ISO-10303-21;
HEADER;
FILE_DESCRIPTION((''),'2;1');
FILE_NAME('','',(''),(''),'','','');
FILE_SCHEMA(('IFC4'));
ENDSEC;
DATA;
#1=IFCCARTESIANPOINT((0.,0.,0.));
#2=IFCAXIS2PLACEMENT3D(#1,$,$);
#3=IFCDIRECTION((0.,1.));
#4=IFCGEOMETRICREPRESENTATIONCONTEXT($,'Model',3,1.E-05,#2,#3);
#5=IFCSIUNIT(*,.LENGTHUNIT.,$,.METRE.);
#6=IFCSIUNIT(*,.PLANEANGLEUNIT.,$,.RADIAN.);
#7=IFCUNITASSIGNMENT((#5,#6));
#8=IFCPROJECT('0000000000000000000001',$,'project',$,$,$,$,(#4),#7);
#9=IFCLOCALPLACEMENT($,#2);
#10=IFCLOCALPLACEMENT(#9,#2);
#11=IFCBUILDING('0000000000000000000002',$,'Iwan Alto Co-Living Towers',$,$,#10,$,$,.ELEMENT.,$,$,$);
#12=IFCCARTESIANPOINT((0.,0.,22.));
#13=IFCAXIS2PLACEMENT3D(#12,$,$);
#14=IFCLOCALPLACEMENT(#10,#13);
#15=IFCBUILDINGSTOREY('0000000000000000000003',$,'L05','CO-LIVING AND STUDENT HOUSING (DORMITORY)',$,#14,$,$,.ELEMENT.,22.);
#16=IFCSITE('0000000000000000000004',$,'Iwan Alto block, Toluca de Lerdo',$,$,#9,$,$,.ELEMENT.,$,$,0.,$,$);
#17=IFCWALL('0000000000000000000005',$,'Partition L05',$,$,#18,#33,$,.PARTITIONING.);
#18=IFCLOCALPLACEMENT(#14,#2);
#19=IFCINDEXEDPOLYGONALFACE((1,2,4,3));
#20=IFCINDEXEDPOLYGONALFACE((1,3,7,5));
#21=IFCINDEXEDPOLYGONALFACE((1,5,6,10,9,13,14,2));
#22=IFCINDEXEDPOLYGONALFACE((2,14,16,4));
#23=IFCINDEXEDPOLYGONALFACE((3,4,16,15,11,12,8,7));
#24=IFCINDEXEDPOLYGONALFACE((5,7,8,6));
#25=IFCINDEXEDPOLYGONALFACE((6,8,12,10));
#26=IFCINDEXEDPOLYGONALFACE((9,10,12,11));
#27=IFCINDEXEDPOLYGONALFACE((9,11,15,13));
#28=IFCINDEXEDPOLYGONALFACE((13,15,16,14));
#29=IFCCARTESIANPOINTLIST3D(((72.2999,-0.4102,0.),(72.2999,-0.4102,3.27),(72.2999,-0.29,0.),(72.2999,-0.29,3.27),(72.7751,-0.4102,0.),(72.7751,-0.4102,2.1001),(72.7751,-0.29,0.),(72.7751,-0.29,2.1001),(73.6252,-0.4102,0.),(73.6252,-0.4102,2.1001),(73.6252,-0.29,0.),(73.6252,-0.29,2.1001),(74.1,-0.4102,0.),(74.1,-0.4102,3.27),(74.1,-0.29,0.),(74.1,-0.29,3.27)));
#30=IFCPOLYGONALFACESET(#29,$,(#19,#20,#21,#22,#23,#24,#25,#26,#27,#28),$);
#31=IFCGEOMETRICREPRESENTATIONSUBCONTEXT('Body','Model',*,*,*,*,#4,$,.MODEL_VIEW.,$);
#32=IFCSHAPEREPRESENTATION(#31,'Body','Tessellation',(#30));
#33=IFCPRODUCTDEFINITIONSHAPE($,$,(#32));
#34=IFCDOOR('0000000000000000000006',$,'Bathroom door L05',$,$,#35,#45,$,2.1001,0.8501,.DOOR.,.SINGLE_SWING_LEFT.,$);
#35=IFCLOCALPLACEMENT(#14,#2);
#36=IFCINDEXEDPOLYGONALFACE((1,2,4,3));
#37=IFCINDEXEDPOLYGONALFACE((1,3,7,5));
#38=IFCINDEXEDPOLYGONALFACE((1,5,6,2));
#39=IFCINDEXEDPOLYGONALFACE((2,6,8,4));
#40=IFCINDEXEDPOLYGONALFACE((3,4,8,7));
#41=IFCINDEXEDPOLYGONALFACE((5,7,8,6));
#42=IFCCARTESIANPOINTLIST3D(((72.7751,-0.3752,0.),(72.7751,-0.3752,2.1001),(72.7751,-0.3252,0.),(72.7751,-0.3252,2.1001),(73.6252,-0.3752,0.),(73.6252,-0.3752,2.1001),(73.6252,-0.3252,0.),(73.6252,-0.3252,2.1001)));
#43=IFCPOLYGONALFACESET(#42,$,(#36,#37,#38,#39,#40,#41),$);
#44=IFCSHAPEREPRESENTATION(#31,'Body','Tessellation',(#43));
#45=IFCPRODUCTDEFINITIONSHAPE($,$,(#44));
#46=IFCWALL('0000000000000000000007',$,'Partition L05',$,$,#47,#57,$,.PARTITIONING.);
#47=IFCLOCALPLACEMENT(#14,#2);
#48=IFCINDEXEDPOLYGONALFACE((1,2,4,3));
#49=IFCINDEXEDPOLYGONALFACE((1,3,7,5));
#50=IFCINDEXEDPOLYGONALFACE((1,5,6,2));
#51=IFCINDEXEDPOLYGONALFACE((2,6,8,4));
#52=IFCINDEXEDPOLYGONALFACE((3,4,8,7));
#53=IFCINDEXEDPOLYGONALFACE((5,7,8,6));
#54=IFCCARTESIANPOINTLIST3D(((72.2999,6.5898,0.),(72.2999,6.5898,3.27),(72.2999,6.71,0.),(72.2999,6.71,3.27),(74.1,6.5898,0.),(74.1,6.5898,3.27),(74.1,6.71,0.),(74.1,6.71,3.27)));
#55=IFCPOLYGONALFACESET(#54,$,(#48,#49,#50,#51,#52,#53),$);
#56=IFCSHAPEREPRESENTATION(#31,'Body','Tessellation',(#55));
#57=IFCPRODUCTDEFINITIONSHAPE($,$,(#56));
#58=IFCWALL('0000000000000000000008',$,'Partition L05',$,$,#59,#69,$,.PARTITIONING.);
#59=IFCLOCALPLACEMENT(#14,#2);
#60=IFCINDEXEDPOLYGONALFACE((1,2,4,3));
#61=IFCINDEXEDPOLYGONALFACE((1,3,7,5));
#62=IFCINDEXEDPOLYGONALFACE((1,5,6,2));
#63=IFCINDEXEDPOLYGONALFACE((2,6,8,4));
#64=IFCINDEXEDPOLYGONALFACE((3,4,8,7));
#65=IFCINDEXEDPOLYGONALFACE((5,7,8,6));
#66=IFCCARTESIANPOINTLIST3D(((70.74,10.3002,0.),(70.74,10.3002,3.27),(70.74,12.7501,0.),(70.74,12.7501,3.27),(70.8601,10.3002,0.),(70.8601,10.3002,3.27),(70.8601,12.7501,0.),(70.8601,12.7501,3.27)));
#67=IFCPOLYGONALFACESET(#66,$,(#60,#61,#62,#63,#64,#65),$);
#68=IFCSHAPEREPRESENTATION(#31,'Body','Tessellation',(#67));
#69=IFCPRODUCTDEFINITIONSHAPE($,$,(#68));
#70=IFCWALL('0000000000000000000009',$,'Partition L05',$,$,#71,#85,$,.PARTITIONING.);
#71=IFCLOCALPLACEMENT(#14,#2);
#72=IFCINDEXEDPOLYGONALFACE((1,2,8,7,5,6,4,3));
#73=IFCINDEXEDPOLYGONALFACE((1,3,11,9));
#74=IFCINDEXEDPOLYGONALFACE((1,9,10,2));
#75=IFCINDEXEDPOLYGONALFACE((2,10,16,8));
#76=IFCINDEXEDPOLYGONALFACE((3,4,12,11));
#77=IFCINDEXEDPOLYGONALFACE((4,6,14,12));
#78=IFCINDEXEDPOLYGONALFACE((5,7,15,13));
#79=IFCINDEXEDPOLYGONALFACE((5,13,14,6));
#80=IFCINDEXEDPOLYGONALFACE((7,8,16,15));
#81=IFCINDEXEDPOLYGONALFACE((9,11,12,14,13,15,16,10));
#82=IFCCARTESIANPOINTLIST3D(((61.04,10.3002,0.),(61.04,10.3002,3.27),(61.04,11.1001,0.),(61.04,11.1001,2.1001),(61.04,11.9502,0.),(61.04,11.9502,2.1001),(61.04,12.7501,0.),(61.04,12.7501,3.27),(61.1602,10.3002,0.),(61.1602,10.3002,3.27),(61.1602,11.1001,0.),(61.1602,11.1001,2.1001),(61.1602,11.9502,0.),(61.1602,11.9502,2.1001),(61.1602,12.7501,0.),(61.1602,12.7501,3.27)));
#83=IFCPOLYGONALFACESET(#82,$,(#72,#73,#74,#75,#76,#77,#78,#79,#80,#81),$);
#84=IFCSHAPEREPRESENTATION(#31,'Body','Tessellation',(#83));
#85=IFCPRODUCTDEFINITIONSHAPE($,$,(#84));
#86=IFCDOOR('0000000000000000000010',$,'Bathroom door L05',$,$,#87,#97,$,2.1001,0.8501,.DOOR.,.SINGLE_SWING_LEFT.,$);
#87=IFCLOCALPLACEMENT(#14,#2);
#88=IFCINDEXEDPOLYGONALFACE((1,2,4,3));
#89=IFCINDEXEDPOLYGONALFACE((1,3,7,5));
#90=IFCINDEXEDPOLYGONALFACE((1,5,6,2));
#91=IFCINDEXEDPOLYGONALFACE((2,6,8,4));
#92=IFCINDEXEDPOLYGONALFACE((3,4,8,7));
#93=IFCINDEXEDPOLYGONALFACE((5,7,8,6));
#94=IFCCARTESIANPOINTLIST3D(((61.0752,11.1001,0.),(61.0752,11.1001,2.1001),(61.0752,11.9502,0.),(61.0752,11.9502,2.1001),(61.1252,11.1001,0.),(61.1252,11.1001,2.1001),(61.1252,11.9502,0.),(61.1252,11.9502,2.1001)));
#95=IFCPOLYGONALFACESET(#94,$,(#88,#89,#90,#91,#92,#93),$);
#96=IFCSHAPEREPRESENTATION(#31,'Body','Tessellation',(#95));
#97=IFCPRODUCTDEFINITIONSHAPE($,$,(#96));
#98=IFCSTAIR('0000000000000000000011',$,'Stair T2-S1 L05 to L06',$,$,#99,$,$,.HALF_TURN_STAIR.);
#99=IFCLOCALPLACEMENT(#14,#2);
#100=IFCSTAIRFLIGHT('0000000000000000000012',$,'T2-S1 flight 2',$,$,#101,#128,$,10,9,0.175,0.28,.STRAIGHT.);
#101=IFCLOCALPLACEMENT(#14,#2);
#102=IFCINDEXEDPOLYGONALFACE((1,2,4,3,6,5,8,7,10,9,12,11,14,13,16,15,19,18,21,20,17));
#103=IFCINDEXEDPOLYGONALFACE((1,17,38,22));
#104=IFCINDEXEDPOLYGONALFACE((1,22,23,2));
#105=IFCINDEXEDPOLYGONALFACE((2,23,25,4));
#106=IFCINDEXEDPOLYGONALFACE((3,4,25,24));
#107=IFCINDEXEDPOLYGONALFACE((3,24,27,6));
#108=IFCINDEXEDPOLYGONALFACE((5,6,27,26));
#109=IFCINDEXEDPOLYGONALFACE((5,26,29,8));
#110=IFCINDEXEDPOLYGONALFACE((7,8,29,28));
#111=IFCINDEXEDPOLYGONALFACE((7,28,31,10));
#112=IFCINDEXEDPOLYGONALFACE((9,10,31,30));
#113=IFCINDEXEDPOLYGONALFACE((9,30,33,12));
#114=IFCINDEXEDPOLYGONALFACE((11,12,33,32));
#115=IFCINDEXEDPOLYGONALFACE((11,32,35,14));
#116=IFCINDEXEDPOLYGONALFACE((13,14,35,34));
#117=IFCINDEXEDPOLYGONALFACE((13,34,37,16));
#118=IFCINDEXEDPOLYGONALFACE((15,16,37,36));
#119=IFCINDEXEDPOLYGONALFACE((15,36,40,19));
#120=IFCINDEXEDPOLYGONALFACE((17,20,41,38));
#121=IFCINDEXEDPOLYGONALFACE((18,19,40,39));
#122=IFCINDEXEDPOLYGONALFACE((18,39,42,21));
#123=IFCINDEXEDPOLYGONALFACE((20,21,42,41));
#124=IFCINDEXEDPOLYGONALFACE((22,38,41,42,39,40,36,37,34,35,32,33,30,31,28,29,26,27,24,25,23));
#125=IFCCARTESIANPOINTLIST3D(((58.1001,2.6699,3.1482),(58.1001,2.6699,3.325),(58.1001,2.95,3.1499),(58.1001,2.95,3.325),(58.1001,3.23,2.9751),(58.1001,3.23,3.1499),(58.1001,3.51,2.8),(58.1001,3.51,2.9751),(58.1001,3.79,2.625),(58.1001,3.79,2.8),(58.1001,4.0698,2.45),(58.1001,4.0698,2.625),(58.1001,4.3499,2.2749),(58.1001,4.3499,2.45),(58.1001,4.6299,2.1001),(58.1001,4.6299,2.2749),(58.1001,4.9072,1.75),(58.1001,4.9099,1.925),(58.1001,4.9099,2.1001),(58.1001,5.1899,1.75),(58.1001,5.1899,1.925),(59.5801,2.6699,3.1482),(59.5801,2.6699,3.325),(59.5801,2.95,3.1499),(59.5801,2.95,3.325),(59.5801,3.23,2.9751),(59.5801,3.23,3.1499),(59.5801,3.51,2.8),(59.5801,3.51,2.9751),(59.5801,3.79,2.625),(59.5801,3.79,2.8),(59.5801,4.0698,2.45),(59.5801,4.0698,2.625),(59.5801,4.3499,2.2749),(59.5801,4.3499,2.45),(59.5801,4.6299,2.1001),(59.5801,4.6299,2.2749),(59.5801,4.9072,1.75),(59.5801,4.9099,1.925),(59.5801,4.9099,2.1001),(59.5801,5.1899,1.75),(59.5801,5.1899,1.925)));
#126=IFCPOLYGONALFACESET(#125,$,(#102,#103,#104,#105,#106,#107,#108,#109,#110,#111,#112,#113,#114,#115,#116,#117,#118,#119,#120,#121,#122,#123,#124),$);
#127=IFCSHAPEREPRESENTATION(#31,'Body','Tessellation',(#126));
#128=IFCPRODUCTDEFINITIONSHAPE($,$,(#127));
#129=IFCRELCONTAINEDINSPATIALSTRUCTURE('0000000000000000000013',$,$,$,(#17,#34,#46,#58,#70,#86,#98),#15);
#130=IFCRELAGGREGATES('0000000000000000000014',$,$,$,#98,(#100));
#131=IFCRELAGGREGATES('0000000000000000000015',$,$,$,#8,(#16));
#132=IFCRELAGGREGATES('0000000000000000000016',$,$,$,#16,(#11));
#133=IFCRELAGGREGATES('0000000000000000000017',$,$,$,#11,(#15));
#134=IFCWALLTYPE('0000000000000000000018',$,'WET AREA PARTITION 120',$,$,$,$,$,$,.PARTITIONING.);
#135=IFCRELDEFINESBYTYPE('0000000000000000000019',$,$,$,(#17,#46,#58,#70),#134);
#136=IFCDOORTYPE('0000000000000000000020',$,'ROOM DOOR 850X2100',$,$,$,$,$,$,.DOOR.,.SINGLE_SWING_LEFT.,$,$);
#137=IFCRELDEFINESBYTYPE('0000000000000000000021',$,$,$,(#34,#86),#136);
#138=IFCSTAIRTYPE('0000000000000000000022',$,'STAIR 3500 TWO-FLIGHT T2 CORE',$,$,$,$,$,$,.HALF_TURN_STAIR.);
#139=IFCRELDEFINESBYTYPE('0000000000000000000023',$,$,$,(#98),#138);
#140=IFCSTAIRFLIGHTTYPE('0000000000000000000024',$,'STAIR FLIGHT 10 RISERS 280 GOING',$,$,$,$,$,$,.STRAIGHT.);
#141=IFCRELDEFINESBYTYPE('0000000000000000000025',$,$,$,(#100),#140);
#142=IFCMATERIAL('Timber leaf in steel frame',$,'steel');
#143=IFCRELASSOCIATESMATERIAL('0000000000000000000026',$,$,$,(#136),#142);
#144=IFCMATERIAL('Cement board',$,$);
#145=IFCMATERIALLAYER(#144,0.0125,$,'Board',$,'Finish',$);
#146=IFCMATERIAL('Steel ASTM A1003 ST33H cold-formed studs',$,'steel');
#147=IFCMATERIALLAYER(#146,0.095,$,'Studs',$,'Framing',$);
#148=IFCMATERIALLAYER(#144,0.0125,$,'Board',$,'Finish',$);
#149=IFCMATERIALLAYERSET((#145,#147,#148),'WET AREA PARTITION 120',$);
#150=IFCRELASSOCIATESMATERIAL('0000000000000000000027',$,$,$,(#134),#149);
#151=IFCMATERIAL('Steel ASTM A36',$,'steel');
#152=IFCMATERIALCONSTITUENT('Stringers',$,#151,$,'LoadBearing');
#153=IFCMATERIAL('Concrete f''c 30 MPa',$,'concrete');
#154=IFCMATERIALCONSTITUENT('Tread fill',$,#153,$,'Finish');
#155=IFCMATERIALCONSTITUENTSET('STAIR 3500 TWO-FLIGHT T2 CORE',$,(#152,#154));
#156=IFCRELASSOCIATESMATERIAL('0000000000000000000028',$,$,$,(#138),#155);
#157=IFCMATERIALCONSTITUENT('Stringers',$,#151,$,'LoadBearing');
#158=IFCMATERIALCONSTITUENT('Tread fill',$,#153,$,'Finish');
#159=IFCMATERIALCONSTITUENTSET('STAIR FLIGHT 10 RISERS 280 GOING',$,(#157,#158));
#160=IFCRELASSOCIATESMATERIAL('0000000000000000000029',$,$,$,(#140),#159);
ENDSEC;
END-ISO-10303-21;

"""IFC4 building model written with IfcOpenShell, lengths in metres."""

from ifc_helpers import new_model, si_unit, direction, frame, frame_2d, origin, place, context, subcontext, project, spatial, polyline, rectangle, outline, extrude, material, layer, layer_set, constituent, constituent_set, type_object, element, fill, aggregate, save


model = new_model("IFC4")

# Units and contexts
model_context = context("Model", 3, precision=1e-05, world=origin(), true_north=direction((0.0, 1.0)))
body_context = subcontext(model_context, "Body", "Model", "MODEL_VIEW")
ifc_project = project(units=[si_unit("LENGTHUNIT", "METRE"), si_unit("PLANEANGLEUNIT", "RADIAN")], contexts=[model_context])

# Site, building, storey
site_placement = place(None, origin())
site = spatial("IfcSite", under=ifc_project, at=site_placement, Name="Iwan Alto block, Toluca de Lerdo", CompositionType="ELEMENT", RefElevation=0.0)
building_placement = place(site_placement, origin())
building = spatial("IfcBuilding", under=site, at=building_placement, Name="Iwan Alto Co-Living Towers", CompositionType="ELEMENT")
storey_placement = place(building_placement, frame((0.0, 0.0, 22.0)))
storey = spatial("IfcBuildingStorey", under=building, at=storey_placement, Name="L05", Description="CO-LIVING AND STUDENT HOUSING (DORMITORY)", CompositionType="ELEMENT", Elevation=22.0)

# Shared definitions
ifc_material_1 = material(Name="Steel ASTM A1003 ST33H cold-formed studs", Category="steel")
ifc_material_2 = material(Name="Timber leaf in steel frame", Category="steel")
door_type_1 = type_object("IfcDoorType", Name="ROOM DOOR 850X2100", OperationType="SINGLE_SWING_LEFT", PredefinedType="DOOR", material=ifc_material_2)

# Wall, opening, door
ifc_material_3 = material(Name="Cement board")
ifc_layer_1 = layer(ifc_material_3, 0.0125, Name="Board", Category="Finish")
ifc_layer_2 = layer(ifc_material_1, 0.095, Name="Studs", Category="Framing")
ifc_layer_3 = layer(ifc_material_3, 0.0125, Name="Board", Category="Finish")
ifc_layer_set_1 = layer_set([ifc_layer_1, ifc_layer_2, ifc_layer_3], Name="WET AREA PARTITION 120")
wall_type_1 = type_object("IfcWallType", Name="WET AREA PARTITION 120", PredefinedType="PARTITIONING", material=ifc_layer_set_1)
wall_1_placement = place(storey_placement, frame((72.3, -0.3501, 0.0), z_axis=(0.0, 0.0, 1.0), x_axis=(1.0, 0.0, 0.0)))
wall_1 = element("IfcWall", 1, at=wall_1_placement, inside=storey, type_object=wall_type_1, Name="Partition L05", PredefinedType="PARTITIONING", context=body_context, shape_type="SweptSolid", body=[
    extrude(rectangle(XDim=1.8, YDim=0.1201, at=frame_2d((0.8999, 0.0))), origin(), (0.0, 0.0, 1.0), 3.27),
])
opening_1_placement = place(wall_1_placement, frame((0.4751, 0.0, 0.0)))
opening_1 = element("IfcOpeningElement", 2, at=opening_1_placement, cuts=wall_1, PredefinedType="OPENING", context=body_context, shape_type="SweptSolid", body=[
    extrude(rectangle(XDim=0.8501, YDim=2.1001, at=frame_2d((0.425, 1.05))), frame((0.0, 0.0701, 0.0), z_axis=(0.0, -1.0, 0.0), x_axis=(1.0, 0.0, 0.0)), (0.0, 0.0, 1.0), 0.1401),
])
door_1_placement = place(opening_1_placement, origin())
door_1 = element("IfcDoor", 3, at=door_1_placement, inside=storey, type_object=door_type_1, Name="Bathroom door L05", OperationType="SINGLE_SWING_LEFT", OverallHeight=2.1001, OverallWidth=0.8501, PredefinedType="DOOR", context=body_context, shape_type="SweptSolid", body=[
    extrude(rectangle(XDim=0.8501, YDim=2.1001, at=frame_2d((0.425, 1.05))), frame((0.0, 0.0249, 0.0), z_axis=(0.0, -1.0, 0.0), x_axis=(1.0, 0.0, 0.0)), (0.0, 0.0, 1.0), 0.05),
])
fill(opening_1, door_1)

# Walls
wall_2_placement = place(storey_placement, frame((72.3, 6.6499, 0.0), z_axis=(0.0, 0.0, 1.0), x_axis=(1.0, 0.0, 0.0)))
element("IfcWall", 4, at=wall_2_placement, inside=storey, type_object=wall_type_1, Name="Partition L05", PredefinedType="PARTITIONING", context=body_context, shape_type="SweptSolid", body=[
    extrude(rectangle(XDim=1.8, YDim=0.1201, at=frame_2d((0.8999, 0.0))), origin(), (0.0, 0.0, 1.0), 3.27),
])
wall_3_placement = place(storey_placement, frame((70.8, 10.3, 0.0), z_axis=(0.0, 0.0, 1.0), x_axis=(0.0, 1.0, 0.0)))
element("IfcWall", 5, at=wall_3_placement, inside=storey, type_object=wall_type_1, Name="Partition L05", PredefinedType="PARTITIONING", context=body_context, shape_type="SweptSolid", body=[
    extrude(rectangle(XDim=2.45, YDim=0.1201, at=frame_2d((1.2251, 0.0))), origin(), (0.0, 0.0, 1.0), 3.27),
])

# Wall, opening, door
wall_4_placement = place(storey_placement, frame((61.1001, 10.3, 0.0), z_axis=(0.0, 0.0, 1.0), x_axis=(0.0, 1.0, 0.0)))
wall_4 = element("IfcWall", 6, at=wall_4_placement, inside=storey, type_object=wall_type_1, Name="Partition L05", PredefinedType="PARTITIONING", context=body_context, shape_type="SweptSolid", body=[
    extrude(rectangle(XDim=2.45, YDim=0.1201, at=frame_2d((1.2251, 0.0))), origin(), (0.0, 0.0, 1.0), 3.27),
])
opening_2_placement = place(wall_4_placement, frame((0.8, 0.0, 0.0)))
opening_2 = element("IfcOpeningElement", 7, at=opening_2_placement, cuts=wall_4, PredefinedType="OPENING", context=body_context, shape_type="SweptSolid", body=[
    extrude(rectangle(XDim=0.8501, YDim=2.1001, at=frame_2d((0.425, 1.05))), frame((0.0, 0.0701, 0.0), z_axis=(0.0, -1.0, 0.0), x_axis=(1.0, 0.0, 0.0)), (0.0, 0.0, 1.0), 0.1401),
])
door_2_placement = place(opening_2_placement, origin())
door_2 = element("IfcDoor", 8, at=door_2_placement, inside=storey, type_object=door_type_1, Name="Bathroom door L05", OperationType="SINGLE_SWING_LEFT", OverallHeight=2.1001, OverallWidth=0.8501, PredefinedType="DOOR", context=body_context, shape_type="SweptSolid", body=[
    extrude(rectangle(XDim=0.8501, YDim=2.1001, at=frame_2d((0.425, 1.05))), frame((0.0, 0.0249, 0.0), z_axis=(0.0, -1.0, 0.0), x_axis=(1.0, 0.0, 0.0)), (0.0, 0.0, 1.0), 0.05),
])
fill(opening_2, door_2)

# Stair, stair flight
ifc_material_4 = material(Name="Steel ASTM A36", Category="steel")
ifc_constituent_1 = constituent(ifc_material_4, Name="Stringers", Category="LoadBearing")
ifc_material_5 = material(Name="Concrete f'c 30 MPa", Category="concrete")
ifc_constituent_2 = constituent(ifc_material_5, Name="Tread fill", Category="Finish")
ifc_constituent_set_1 = constituent_set(constituents=[ifc_constituent_1, ifc_constituent_2], Name="STAIR 3500 TWO-FLIGHT T2 CORE")
stair_type = type_object("IfcStairType", Name="STAIR 3500 TWO-FLIGHT T2 CORE", PredefinedType="HALF_TURN_STAIR", material=ifc_constituent_set_1)
stair_placement = place(storey_placement, origin())
stair = element("IfcStair", 9, at=stair_placement, inside=storey, type_object=stair_type, Name="Stair T2-S1 L05 to L06", PredefinedType="HALF_TURN_STAIR")
ifc_constituent_3 = constituent(ifc_material_4, Name="Stringers", Category="LoadBearing")
ifc_constituent_4 = constituent(ifc_material_5, Name="Tread fill", Category="Finish")
ifc_constituent_set_2 = constituent_set(constituents=[ifc_constituent_3, ifc_constituent_4], Name="STAIR FLIGHT 10 RISERS 280 GOING")
stair_flight_type = type_object("IfcStairFlightType", Name="STAIR FLIGHT 10 RISERS 280 GOING", PredefinedType="STRAIGHT", material=ifc_constituent_set_2)
stair_flight_placement = place(storey_placement, frame((58.8401, 5.1899, 1.75), z_axis=(0.0, 0.0, 1.0), x_axis=(0.0, -1.0, 0.0)))
stair_flight = element("IfcStairFlight", 10, at=stair_flight_placement, type_object=stair_flight_type, Name="T2-S1 flight 2", NumberOfRisers=10, NumberOfTreads=9, PredefinedType="STRAIGHT", RiserHeight=0.175, TreadLength=0.28, context=body_context, shape_type="SweptSolid", body=[
    extrude(outline(polyline([(0.0, 0.0), (0.0, 0.175), (0.28, 0.175), (0.28, 0.3501), (0.5601, 0.3501), (0.5601, 0.5249), (0.8401, 0.5249), (0.8401, 0.7), (1.1201, 0.7), (1.1201, 0.875), (1.3999, 0.875), (1.3999, 1.05), (1.6799, 1.05), (1.6799, 1.2251), (1.96, 1.2251), (1.96, 1.3999), (2.24, 1.3999), (2.24, 1.575), (2.52, 1.575), (2.52, 1.75), (2.52, 1.3982), (0.2827, 0.0), (0.0, 0.0)])), frame((0.0, 0.74, 0.0), z_axis=(0.0, -1.0, 0.0), x_axis=(1.0, 0.0, 0.0)), (0.0, 0.0, 1.0), 1.48),
])
aggregate(stair, [stair_flight])

save(model, "model.ifc")
